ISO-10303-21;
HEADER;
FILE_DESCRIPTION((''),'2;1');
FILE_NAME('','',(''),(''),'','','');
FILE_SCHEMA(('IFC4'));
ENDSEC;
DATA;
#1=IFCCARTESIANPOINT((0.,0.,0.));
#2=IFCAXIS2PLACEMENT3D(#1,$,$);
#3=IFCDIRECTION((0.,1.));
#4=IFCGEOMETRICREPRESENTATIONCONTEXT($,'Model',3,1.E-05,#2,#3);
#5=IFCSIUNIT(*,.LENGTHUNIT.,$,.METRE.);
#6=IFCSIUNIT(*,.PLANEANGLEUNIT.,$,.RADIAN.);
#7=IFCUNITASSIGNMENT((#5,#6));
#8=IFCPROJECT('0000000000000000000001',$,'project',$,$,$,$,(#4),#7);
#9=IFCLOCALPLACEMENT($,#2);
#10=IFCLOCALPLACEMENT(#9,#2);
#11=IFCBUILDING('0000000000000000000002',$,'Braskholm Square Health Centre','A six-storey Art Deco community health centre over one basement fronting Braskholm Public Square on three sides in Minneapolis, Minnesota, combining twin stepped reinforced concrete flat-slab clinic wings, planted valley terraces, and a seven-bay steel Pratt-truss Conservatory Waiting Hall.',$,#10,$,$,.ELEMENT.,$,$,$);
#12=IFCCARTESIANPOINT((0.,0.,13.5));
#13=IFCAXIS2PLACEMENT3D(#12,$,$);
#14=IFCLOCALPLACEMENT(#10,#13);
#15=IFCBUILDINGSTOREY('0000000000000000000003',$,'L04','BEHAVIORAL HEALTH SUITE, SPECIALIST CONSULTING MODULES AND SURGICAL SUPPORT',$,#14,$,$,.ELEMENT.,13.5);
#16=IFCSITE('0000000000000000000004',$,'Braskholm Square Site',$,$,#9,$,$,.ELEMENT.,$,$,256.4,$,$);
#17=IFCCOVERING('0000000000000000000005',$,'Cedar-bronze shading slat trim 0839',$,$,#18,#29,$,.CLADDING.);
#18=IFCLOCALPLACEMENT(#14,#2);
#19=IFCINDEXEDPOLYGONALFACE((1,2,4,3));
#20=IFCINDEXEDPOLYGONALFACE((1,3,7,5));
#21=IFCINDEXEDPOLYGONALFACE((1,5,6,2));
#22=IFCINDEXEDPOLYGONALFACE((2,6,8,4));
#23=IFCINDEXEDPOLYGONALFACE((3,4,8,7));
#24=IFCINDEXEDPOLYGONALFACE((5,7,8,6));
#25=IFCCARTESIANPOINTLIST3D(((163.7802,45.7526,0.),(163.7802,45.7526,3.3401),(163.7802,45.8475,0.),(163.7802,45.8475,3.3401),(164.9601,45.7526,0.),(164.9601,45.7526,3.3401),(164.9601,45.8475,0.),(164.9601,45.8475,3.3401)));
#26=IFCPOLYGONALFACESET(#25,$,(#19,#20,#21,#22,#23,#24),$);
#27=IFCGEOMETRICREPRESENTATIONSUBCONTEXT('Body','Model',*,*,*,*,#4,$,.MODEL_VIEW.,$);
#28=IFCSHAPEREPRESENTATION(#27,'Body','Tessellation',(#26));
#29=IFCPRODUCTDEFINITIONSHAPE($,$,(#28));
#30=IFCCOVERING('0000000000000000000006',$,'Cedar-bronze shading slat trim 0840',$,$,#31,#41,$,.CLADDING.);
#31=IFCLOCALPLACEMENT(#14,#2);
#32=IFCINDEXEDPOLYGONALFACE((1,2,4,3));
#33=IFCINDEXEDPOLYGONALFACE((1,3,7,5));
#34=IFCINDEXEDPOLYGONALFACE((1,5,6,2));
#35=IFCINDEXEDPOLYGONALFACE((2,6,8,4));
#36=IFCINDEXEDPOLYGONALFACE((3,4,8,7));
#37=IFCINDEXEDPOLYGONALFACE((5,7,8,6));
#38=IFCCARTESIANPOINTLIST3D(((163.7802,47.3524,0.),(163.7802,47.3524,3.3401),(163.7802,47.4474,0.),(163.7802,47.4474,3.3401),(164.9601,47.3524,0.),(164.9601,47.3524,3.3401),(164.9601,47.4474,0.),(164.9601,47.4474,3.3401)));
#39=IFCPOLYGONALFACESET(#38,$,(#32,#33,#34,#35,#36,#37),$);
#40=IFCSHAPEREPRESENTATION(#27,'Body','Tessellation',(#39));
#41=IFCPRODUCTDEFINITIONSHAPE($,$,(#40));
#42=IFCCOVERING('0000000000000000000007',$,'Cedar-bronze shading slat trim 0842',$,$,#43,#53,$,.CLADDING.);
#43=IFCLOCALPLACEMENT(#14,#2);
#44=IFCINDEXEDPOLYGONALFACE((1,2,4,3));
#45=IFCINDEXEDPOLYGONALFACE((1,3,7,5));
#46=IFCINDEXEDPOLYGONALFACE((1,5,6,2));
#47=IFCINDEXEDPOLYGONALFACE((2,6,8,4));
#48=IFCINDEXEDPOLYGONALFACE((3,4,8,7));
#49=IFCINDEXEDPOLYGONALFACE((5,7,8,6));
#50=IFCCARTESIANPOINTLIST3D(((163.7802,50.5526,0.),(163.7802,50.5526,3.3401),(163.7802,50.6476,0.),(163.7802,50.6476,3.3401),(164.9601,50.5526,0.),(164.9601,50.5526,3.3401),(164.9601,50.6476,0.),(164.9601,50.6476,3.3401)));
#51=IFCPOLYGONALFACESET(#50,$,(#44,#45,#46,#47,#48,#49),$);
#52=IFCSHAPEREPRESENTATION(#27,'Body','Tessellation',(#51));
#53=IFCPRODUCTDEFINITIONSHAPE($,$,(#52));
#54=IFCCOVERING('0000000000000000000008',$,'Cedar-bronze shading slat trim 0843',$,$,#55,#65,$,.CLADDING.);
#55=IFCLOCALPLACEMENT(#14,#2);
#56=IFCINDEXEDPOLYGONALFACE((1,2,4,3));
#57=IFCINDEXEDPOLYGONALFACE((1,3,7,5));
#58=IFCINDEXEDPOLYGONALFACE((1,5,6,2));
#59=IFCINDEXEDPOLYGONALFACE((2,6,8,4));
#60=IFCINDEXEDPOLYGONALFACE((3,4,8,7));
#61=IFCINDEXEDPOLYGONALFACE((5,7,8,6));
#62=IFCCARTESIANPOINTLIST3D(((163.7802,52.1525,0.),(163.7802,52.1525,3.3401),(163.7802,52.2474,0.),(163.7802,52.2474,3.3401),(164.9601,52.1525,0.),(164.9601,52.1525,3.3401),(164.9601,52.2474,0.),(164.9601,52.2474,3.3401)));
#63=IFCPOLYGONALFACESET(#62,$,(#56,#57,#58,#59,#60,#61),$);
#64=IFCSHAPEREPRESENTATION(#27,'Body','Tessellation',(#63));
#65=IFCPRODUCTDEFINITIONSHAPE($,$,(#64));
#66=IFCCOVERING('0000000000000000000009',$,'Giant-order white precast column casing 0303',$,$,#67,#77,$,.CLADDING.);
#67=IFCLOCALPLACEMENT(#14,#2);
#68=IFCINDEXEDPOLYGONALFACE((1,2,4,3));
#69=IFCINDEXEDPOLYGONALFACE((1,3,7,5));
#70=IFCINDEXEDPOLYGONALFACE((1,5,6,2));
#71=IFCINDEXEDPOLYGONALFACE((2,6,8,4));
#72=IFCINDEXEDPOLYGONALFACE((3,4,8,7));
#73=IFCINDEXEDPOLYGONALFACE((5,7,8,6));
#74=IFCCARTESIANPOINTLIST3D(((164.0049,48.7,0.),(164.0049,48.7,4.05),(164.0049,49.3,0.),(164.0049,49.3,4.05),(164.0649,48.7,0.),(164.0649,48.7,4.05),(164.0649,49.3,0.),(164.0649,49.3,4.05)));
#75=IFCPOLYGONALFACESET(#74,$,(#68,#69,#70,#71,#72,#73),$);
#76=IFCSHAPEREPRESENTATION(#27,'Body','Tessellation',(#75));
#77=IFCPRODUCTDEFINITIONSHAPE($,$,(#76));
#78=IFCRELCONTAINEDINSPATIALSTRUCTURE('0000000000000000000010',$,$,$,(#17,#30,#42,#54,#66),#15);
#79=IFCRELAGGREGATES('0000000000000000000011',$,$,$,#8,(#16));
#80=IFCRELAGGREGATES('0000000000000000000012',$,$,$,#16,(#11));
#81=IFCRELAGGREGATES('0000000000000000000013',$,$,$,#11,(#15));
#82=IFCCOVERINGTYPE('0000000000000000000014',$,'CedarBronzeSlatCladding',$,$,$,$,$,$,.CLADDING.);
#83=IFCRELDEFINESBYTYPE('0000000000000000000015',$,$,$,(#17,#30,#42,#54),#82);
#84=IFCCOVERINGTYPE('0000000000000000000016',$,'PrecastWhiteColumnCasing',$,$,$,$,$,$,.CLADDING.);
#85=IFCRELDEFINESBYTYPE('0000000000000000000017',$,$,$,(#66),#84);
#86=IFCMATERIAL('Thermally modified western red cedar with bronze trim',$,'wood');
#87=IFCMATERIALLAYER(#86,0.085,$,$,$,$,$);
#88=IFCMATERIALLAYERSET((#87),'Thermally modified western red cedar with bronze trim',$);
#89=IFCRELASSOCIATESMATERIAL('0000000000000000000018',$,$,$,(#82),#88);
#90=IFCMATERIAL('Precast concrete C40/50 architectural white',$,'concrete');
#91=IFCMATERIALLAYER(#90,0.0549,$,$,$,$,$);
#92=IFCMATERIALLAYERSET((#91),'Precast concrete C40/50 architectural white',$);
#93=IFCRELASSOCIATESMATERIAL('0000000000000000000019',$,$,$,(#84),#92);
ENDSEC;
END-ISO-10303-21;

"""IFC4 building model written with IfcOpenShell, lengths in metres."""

from ifc_helpers import new_model, si_unit, direction, frame, origin, origin_2d, place, context, subcontext, project, spatial, rectangle, extrude, material, layer, layer_set, type_object, element, save


model = new_model("IFC4")

# Units and contexts
model_context = context("Model", 3, precision=1e-05, world=origin(), true_north=direction((0.0, 1.0)))
body_context = subcontext(model_context, "Body", "Model", "MODEL_VIEW")
ifc_project = project(units=[si_unit("LENGTHUNIT", "METRE"), si_unit("PLANEANGLEUNIT", "RADIAN")], contexts=[model_context])

# Site, building, storey
site_placement = place(None, origin())
site = spatial("IfcSite", under=ifc_project, at=site_placement, Name="Braskholm Square Site", CompositionType="ELEMENT", RefElevation=256.4)
building_placement = place(site_placement, origin())
building = spatial("IfcBuilding", under=site, at=building_placement, Name="Braskholm Square Health Centre", Description="A six-storey Art Deco community health centre over one basement fronting Braskholm Public Square on three sides in Minneapolis, Minnesota, combining twin stepped reinforced concrete flat-slab clinic wings, planted valley terraces, and a seven-bay steel Pratt-truss Conservatory Waiting Hall.", CompositionType="ELEMENT")
storey_placement = place(building_placement, frame((0.0, 0.0, 13.5)))
storey = spatial("IfcBuildingStorey", under=building, at=storey_placement, Name="L04", Description="BEHAVIORAL HEALTH SUITE, SPECIALIST CONSULTING MODULES AND SURGICAL SUPPORT", CompositionType="ELEMENT", Elevation=13.5)

# Shared definitions
ifc_material_1 = material(Name="Precast concrete C40/50 architectural white", Category="concrete")

# Shared definitions
ifc_material_2 = material(Name="Thermally modified western red cedar with bronze trim", Category="wood")

# Coverings
ifc_layer_1 = layer(ifc_material_2, 0.085)
ifc_layer_set_1 = layer_set([ifc_layer_1], Name="Thermally modified western red cedar with bronze trim")
covering_type_1 = type_object("IfcCoveringType", Name="CedarBronzeSlatCladding", PredefinedType="CLADDING", material=ifc_layer_set_1)
for number, where, z_axis, x_axis, name in (
    (1, (164.3701, 45.8, 0.0), (0.0, 0.0, 1.0), (1.0, 0.0, 0.0), "Cedar-bronze shading slat trim 0839"),
    (2, (164.3701, 47.3999, 0.0), (0.0, 0.0, 1.0), (1.0, 0.0, 0.0), "Cedar-bronze shading slat trim 0840"),
    (3, (164.3701, 50.6001, 0.0), (0.0, 0.0, 1.0), (1.0, 0.0, 0.0), "Cedar-bronze shading slat trim 0842"),
    (4, (164.3701, 52.2, 0.0), (0.0, 0.0, 1.0), (1.0, 0.0, 0.0), "Cedar-bronze shading slat trim 0843"),
):
    element("IfcCovering", number, at=place(storey_placement, frame(where, z_axis=z_axis, x_axis=x_axis)), inside=storey, type_object=covering_type_1, Name=name, PredefinedType="CLADDING", context=body_context, shape_type="SweptSolid", body=[
        extrude(rectangle(XDim=1.1799, YDim=0.095, at=origin_2d()), origin(), (0.0, 0.0, 1.0), 3.3401),
    ])
ifc_layer_2 = layer(ifc_material_1, 0.0549)
ifc_layer_set_2 = layer_set([ifc_layer_2], Name="Precast concrete C40/50 architectural white")
covering_type_2 = type_object("IfcCoveringType", Name="PrecastWhiteColumnCasing", PredefinedType="CLADDING", material=ifc_layer_set_2)
covering_placement = place(storey_placement, frame((164.0349, 49.0, 0.0), z_axis=(0.0, 0.0, 1.0), x_axis=(1.0, 0.0, 0.0)))
element("IfcCovering", 5, at=covering_placement, inside=storey, type_object=covering_type_2, Name="Giant-order white precast column casing 0303", PredefinedType="CLADDING", context=body_context, shape_type="SweptSolid", body=[
    extrude(rectangle(XDim=0.0601, YDim=0.6001, at=origin_2d()), origin(), (0.0, 0.0, 1.0), 4.05),
])

save(model, "model.ifc")
